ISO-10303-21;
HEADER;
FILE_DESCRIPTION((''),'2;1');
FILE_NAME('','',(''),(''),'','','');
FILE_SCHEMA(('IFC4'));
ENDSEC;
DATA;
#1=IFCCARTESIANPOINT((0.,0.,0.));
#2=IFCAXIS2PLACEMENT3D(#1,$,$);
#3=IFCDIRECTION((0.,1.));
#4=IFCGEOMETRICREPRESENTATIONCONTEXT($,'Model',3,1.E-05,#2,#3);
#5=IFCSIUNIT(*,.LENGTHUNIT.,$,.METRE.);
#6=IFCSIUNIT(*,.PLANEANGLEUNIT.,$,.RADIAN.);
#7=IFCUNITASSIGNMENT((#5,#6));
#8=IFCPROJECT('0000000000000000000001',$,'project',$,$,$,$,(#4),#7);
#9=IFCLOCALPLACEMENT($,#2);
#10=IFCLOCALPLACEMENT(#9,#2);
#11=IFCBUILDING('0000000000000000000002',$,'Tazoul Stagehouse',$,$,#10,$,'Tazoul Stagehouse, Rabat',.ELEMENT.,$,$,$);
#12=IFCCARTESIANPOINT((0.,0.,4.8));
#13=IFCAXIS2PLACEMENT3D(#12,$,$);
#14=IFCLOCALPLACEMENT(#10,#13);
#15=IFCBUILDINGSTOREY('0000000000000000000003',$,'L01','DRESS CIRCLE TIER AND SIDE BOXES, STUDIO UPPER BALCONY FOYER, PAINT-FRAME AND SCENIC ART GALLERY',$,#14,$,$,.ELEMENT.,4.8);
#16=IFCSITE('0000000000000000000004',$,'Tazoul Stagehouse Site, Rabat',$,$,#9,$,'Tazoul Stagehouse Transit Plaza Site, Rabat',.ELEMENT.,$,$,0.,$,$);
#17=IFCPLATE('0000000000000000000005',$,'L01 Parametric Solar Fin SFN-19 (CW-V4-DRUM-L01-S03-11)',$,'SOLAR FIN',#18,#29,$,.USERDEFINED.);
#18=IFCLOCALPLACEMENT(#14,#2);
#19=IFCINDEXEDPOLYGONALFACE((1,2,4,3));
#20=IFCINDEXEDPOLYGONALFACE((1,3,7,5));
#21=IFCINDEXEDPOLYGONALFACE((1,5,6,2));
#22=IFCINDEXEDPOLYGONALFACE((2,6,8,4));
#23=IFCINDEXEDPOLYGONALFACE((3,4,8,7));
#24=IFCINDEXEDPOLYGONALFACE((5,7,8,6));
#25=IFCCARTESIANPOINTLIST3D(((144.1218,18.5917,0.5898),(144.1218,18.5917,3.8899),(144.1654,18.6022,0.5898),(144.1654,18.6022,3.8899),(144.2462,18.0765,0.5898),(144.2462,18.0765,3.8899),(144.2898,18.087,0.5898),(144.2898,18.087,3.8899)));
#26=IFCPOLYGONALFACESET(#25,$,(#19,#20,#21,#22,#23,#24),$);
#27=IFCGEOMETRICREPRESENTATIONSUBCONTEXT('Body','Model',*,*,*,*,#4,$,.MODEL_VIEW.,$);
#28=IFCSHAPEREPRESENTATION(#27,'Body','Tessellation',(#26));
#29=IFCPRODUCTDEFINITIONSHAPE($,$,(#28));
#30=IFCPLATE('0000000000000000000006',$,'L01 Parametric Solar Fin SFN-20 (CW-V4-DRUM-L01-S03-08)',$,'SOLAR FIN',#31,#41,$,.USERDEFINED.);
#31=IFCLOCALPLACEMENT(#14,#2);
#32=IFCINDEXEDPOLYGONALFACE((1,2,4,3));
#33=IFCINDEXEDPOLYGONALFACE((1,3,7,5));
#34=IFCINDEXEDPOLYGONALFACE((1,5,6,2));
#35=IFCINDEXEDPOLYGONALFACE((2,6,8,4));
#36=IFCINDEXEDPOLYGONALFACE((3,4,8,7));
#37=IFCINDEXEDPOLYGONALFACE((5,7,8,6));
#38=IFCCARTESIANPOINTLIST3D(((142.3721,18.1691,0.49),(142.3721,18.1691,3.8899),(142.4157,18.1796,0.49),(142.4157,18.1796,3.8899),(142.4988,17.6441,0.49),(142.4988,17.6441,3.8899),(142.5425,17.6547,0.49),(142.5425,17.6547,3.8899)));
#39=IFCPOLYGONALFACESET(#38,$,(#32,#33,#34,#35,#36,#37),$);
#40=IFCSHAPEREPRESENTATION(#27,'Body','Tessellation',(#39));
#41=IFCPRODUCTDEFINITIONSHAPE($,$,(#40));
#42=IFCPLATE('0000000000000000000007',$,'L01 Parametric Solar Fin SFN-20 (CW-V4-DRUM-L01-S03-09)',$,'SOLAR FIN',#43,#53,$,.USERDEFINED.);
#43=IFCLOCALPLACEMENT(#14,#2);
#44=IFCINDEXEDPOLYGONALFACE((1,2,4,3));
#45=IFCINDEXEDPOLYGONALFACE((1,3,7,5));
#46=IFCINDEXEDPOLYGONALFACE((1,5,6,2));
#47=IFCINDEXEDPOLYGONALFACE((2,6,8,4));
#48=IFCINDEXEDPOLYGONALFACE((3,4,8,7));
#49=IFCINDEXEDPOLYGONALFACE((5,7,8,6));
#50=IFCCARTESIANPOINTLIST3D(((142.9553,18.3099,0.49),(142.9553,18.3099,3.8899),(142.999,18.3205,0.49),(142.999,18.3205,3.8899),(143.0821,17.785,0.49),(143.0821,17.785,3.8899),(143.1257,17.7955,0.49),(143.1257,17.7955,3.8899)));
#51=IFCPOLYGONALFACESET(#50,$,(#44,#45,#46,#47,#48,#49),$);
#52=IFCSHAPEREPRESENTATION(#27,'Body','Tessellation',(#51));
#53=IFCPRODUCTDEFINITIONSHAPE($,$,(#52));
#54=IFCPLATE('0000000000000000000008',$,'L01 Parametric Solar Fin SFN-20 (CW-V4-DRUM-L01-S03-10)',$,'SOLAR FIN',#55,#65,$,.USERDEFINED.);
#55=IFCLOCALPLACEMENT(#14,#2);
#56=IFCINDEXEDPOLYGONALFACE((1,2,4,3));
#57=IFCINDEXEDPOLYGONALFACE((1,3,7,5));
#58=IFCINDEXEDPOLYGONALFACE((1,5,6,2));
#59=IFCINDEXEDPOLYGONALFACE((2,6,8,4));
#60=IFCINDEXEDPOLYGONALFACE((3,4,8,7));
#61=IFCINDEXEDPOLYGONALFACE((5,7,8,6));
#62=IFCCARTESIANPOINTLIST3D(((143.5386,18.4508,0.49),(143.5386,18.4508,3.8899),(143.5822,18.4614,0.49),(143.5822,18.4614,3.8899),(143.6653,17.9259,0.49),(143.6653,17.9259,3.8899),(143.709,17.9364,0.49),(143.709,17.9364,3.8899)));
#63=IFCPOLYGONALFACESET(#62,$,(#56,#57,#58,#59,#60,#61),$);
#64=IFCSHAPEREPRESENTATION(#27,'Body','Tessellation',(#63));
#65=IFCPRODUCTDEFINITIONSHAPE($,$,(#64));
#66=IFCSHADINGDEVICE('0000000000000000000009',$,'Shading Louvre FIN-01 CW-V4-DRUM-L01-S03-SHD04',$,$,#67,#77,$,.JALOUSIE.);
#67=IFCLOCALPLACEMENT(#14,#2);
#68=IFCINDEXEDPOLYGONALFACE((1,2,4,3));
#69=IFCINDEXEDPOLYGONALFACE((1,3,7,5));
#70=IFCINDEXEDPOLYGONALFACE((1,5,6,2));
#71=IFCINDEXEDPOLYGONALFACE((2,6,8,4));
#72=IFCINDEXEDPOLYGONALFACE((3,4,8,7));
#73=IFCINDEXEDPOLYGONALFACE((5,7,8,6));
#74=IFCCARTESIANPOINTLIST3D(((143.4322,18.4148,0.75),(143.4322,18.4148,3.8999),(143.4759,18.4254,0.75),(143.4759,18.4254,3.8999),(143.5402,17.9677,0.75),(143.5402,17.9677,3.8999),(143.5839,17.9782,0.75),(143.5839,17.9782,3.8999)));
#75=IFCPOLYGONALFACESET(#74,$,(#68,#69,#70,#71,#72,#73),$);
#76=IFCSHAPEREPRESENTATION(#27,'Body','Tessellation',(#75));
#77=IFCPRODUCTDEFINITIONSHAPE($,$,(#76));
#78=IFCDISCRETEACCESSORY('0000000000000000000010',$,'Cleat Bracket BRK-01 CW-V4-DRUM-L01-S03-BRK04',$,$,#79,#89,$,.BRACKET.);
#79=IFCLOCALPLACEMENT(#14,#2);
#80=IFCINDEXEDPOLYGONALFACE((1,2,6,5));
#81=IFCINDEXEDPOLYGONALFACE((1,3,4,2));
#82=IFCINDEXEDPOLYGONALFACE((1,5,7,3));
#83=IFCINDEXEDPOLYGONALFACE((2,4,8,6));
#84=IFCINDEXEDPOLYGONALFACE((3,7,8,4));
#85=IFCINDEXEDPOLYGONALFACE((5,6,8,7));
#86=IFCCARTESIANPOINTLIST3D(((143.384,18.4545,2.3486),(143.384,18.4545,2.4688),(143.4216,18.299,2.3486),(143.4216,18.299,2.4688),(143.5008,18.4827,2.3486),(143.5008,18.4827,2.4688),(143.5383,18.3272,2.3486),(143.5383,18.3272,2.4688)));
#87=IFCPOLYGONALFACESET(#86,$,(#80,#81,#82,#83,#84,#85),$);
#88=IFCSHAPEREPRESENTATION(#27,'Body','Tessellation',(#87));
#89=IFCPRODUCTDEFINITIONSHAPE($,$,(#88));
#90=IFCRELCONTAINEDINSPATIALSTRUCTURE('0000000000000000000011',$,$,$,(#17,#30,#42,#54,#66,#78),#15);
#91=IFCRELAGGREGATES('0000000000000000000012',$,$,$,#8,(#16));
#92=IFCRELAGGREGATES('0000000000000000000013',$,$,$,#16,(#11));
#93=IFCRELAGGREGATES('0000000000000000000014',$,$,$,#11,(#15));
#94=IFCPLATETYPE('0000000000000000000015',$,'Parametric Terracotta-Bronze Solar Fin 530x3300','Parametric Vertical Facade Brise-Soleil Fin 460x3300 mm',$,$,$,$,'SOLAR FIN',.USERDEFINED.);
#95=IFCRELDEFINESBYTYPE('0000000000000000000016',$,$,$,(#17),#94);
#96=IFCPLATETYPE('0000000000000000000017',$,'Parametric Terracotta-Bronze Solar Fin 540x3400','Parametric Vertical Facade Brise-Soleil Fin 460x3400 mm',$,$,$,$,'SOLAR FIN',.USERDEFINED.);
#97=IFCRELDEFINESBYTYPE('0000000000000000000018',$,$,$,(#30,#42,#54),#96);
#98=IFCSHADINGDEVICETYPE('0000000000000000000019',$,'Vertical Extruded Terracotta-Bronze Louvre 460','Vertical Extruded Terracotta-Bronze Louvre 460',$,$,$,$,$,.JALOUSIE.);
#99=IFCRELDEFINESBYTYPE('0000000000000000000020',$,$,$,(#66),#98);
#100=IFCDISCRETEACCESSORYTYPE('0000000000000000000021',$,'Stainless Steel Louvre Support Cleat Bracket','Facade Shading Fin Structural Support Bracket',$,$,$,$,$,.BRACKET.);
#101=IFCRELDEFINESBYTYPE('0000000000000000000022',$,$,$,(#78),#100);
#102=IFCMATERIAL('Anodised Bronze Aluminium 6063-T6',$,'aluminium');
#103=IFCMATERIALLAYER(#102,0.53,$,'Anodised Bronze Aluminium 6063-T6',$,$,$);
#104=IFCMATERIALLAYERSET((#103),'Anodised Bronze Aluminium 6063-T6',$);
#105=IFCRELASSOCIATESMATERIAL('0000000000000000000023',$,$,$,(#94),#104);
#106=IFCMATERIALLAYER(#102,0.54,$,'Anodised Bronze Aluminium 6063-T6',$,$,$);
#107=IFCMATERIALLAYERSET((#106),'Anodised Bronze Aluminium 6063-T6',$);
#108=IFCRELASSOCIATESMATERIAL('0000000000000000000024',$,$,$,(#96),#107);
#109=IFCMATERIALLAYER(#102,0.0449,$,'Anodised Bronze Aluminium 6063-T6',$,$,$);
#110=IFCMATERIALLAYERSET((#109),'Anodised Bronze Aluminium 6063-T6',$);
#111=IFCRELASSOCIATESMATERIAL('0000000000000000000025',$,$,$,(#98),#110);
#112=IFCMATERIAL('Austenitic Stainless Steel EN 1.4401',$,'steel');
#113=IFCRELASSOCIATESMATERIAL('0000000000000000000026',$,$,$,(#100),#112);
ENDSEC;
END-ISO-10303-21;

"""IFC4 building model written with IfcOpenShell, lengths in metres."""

from ifc_helpers import new_model, si_unit, direction, frame, origin, origin_2d, place, context, subcontext, project, spatial, rectangle, extrude, material, layer, layer_set, type_object, element, save


model = new_model("IFC4")

# Units and contexts
model_context = context("Model", 3, precision=1e-05, world=origin(), true_north=direction((0.0, 1.0)))
body_context = subcontext(model_context, "Body", "Model", "MODEL_VIEW")
ifc_project = project(units=[si_unit("LENGTHUNIT", "METRE"), si_unit("PLANEANGLEUNIT", "RADIAN")], contexts=[model_context])

# Site, building, storey
site_placement = place(None, origin())
site = spatial("IfcSite", under=ifc_project, at=site_placement, Name="Tazoul Stagehouse Site, Rabat", LongName="Tazoul Stagehouse Transit Plaza Site, Rabat", CompositionType="ELEMENT", RefElevation=0.0)
building_placement = place(site_placement, origin())
building = spatial("IfcBuilding", under=site, at=building_placement, Name="Tazoul Stagehouse", LongName="Tazoul Stagehouse, Rabat", CompositionType="ELEMENT")
storey_placement = place(building_placement, frame((0.0, 0.0, 4.8)))
storey = spatial("IfcBuildingStorey", under=building, at=storey_placement, Name="L01", Description="DRESS CIRCLE TIER AND SIDE BOXES, STUDIO UPPER BALCONY FOYER, PAINT-FRAME AND SCENIC ART GALLERY", CompositionType="ELEMENT", Elevation=4.8)

# Plates
ifc_material_1 = material(Name="Anodised Bronze Aluminium 6063-T6", Category="aluminium")
ifc_layer_1 = layer(ifc_material_1, 0.53, Name="Anodised Bronze Aluminium 6063-T6")
ifc_layer_set_1 = layer_set([ifc_layer_1], Name="Anodised Bronze Aluminium 6063-T6")
plate_type_1 = type_object("IfcPlateType", Name="Parametric Terracotta-Bronze Solar Fin 530x3300", Description="Parametric Vertical Facade Brise-Soleil Fin 460x3300 mm", ElementType="SOLAR FIN", PredefinedType="USERDEFINED", material=ifc_layer_set_1)
plate_placement = place(storey_placement, frame((144.2058, 18.3394, 0.5898), z_axis=(0.0, 0.0, 1.0), x_axis=(0.972063, 0.23472, 0.0)))
element("IfcPlate", 1, at=plate_placement, inside=storey, type_object=plate_type_1, Name="L01 Parametric Solar Fin SFN-19 (CW-V4-DRUM-L01-S03-11)", ObjectType="SOLAR FIN", PredefinedType="USERDEFINED", context=body_context, shape_type="SweptSolid", body=[
    extrude(rectangle(XDim=0.0449, YDim=0.53, at=origin_2d()), origin(), (0.0, 0.0, 1.0), 3.3),
])
ifc_layer_2 = layer(ifc_material_1, 0.54, Name="Anodised Bronze Aluminium 6063-T6")
ifc_layer_set_2 = layer_set([ifc_layer_2], Name="Anodised Bronze Aluminium 6063-T6")
plate_type_2 = type_object("IfcPlateType", Name="Parametric Terracotta-Bronze Solar Fin 540x3400", Description="Parametric Vertical Facade Brise-Soleil Fin 460x3400 mm", ElementType="SOLAR FIN", PredefinedType="USERDEFINED", material=ifc_layer_set_2)
for number, where, z_axis, x_axis, name in (
    (2, (142.4573, 17.9119, 0.49), (0.0, 0.0, 1.0), (0.972063, 0.23472, 0.0), "L01 Parametric Solar Fin SFN-20 (CW-V4-DRUM-L01-S03-08)"),
    (3, (143.0405, 18.0527, 0.49), (0.0, 0.0, 1.0), (0.972063, 0.23472, 0.0), "L01 Parametric Solar Fin SFN-20 (CW-V4-DRUM-L01-S03-09)"),
    (4, (143.6238, 18.1936, 0.49), (0.0, 0.0, 1.0), (0.972063, 0.23472, 0.0), "L01 Parametric Solar Fin SFN-20 (CW-V4-DRUM-L01-S03-10)"),
):
    element("IfcPlate", number, at=place(storey_placement, frame(where, z_axis=z_axis, x_axis=x_axis)), inside=storey, type_object=plate_type_2, Name=name, ObjectType="SOLAR FIN", PredefinedType="USERDEFINED", context=body_context, shape_type="SweptSolid", body=[
        extrude(rectangle(XDim=0.0449, YDim=0.54, at=origin_2d()), origin(), (0.0, 0.0, 1.0), 3.3999),
    ])

# Shading device
ifc_layer_3 = layer(ifc_material_1, 0.0449, Name="Anodised Bronze Aluminium 6063-T6")
ifc_layer_set_3 = layer_set([ifc_layer_3], Name="Anodised Bronze Aluminium 6063-T6")
shading_device_type = type_object("IfcShadingDeviceType", Name="Vertical Extruded Terracotta-Bronze Louvre 460", Description="Vertical Extruded Terracotta-Bronze Louvre 460", PredefinedType="JALOUSIE", material=ifc_layer_set_3)
shading_device_placement = place(storey_placement, frame((143.5081, 18.1965, 0.75), z_axis=(0.0, 0.0, 1.0), x_axis=(0.972063, 0.23472, 0.0)))
element("IfcShadingDevice", 5, at=shading_device_placement, inside=storey, type_object=shading_device_type, Name="Shading Louvre FIN-01 CW-V4-DRUM-L01-S03-SHD04", PredefinedType="JALOUSIE", context=body_context, shape_type="SweptSolid", body=[
    extrude(rectangle(XDim=0.0449, YDim=0.46, at=origin_2d()), origin(), (0.0, 0.0, 1.0), 3.1499),
])

# Discrete accessory
ifc_material_2 = material(Name="Austenitic Stainless Steel EN 1.4401", Category="steel")
discrete_accessory_type = type_object("IfcDiscreteAccessoryType", Name="Stainless Steel Louvre Support Cleat Bracket", Description="Facade Shading Fin Structural Support Bracket", PredefinedType="BRACKET", material=ifc_material_2)
discrete_accessory_placement = place(storey_placement, frame((143.4612, 18.3909, 2.3486), z_axis=(0.0, 0.0, 1.0), x_axis=(0.972063, 0.23472, 0.0)))
element("IfcDiscreteAccessory", 6, at=discrete_accessory_placement, inside=storey, type_object=discrete_accessory_type, Name="Cleat Bracket BRK-01 CW-V4-DRUM-L01-S03-BRK04", PredefinedType="BRACKET", context=body_context, shape_type="SweptSolid", body=[
    extrude(rectangle(XDim=0.1201, YDim=0.1599, at=origin_2d()), origin(), (0.0, 0.0, 1.0), 0.1201),
])

save(model, "model.ifc")
